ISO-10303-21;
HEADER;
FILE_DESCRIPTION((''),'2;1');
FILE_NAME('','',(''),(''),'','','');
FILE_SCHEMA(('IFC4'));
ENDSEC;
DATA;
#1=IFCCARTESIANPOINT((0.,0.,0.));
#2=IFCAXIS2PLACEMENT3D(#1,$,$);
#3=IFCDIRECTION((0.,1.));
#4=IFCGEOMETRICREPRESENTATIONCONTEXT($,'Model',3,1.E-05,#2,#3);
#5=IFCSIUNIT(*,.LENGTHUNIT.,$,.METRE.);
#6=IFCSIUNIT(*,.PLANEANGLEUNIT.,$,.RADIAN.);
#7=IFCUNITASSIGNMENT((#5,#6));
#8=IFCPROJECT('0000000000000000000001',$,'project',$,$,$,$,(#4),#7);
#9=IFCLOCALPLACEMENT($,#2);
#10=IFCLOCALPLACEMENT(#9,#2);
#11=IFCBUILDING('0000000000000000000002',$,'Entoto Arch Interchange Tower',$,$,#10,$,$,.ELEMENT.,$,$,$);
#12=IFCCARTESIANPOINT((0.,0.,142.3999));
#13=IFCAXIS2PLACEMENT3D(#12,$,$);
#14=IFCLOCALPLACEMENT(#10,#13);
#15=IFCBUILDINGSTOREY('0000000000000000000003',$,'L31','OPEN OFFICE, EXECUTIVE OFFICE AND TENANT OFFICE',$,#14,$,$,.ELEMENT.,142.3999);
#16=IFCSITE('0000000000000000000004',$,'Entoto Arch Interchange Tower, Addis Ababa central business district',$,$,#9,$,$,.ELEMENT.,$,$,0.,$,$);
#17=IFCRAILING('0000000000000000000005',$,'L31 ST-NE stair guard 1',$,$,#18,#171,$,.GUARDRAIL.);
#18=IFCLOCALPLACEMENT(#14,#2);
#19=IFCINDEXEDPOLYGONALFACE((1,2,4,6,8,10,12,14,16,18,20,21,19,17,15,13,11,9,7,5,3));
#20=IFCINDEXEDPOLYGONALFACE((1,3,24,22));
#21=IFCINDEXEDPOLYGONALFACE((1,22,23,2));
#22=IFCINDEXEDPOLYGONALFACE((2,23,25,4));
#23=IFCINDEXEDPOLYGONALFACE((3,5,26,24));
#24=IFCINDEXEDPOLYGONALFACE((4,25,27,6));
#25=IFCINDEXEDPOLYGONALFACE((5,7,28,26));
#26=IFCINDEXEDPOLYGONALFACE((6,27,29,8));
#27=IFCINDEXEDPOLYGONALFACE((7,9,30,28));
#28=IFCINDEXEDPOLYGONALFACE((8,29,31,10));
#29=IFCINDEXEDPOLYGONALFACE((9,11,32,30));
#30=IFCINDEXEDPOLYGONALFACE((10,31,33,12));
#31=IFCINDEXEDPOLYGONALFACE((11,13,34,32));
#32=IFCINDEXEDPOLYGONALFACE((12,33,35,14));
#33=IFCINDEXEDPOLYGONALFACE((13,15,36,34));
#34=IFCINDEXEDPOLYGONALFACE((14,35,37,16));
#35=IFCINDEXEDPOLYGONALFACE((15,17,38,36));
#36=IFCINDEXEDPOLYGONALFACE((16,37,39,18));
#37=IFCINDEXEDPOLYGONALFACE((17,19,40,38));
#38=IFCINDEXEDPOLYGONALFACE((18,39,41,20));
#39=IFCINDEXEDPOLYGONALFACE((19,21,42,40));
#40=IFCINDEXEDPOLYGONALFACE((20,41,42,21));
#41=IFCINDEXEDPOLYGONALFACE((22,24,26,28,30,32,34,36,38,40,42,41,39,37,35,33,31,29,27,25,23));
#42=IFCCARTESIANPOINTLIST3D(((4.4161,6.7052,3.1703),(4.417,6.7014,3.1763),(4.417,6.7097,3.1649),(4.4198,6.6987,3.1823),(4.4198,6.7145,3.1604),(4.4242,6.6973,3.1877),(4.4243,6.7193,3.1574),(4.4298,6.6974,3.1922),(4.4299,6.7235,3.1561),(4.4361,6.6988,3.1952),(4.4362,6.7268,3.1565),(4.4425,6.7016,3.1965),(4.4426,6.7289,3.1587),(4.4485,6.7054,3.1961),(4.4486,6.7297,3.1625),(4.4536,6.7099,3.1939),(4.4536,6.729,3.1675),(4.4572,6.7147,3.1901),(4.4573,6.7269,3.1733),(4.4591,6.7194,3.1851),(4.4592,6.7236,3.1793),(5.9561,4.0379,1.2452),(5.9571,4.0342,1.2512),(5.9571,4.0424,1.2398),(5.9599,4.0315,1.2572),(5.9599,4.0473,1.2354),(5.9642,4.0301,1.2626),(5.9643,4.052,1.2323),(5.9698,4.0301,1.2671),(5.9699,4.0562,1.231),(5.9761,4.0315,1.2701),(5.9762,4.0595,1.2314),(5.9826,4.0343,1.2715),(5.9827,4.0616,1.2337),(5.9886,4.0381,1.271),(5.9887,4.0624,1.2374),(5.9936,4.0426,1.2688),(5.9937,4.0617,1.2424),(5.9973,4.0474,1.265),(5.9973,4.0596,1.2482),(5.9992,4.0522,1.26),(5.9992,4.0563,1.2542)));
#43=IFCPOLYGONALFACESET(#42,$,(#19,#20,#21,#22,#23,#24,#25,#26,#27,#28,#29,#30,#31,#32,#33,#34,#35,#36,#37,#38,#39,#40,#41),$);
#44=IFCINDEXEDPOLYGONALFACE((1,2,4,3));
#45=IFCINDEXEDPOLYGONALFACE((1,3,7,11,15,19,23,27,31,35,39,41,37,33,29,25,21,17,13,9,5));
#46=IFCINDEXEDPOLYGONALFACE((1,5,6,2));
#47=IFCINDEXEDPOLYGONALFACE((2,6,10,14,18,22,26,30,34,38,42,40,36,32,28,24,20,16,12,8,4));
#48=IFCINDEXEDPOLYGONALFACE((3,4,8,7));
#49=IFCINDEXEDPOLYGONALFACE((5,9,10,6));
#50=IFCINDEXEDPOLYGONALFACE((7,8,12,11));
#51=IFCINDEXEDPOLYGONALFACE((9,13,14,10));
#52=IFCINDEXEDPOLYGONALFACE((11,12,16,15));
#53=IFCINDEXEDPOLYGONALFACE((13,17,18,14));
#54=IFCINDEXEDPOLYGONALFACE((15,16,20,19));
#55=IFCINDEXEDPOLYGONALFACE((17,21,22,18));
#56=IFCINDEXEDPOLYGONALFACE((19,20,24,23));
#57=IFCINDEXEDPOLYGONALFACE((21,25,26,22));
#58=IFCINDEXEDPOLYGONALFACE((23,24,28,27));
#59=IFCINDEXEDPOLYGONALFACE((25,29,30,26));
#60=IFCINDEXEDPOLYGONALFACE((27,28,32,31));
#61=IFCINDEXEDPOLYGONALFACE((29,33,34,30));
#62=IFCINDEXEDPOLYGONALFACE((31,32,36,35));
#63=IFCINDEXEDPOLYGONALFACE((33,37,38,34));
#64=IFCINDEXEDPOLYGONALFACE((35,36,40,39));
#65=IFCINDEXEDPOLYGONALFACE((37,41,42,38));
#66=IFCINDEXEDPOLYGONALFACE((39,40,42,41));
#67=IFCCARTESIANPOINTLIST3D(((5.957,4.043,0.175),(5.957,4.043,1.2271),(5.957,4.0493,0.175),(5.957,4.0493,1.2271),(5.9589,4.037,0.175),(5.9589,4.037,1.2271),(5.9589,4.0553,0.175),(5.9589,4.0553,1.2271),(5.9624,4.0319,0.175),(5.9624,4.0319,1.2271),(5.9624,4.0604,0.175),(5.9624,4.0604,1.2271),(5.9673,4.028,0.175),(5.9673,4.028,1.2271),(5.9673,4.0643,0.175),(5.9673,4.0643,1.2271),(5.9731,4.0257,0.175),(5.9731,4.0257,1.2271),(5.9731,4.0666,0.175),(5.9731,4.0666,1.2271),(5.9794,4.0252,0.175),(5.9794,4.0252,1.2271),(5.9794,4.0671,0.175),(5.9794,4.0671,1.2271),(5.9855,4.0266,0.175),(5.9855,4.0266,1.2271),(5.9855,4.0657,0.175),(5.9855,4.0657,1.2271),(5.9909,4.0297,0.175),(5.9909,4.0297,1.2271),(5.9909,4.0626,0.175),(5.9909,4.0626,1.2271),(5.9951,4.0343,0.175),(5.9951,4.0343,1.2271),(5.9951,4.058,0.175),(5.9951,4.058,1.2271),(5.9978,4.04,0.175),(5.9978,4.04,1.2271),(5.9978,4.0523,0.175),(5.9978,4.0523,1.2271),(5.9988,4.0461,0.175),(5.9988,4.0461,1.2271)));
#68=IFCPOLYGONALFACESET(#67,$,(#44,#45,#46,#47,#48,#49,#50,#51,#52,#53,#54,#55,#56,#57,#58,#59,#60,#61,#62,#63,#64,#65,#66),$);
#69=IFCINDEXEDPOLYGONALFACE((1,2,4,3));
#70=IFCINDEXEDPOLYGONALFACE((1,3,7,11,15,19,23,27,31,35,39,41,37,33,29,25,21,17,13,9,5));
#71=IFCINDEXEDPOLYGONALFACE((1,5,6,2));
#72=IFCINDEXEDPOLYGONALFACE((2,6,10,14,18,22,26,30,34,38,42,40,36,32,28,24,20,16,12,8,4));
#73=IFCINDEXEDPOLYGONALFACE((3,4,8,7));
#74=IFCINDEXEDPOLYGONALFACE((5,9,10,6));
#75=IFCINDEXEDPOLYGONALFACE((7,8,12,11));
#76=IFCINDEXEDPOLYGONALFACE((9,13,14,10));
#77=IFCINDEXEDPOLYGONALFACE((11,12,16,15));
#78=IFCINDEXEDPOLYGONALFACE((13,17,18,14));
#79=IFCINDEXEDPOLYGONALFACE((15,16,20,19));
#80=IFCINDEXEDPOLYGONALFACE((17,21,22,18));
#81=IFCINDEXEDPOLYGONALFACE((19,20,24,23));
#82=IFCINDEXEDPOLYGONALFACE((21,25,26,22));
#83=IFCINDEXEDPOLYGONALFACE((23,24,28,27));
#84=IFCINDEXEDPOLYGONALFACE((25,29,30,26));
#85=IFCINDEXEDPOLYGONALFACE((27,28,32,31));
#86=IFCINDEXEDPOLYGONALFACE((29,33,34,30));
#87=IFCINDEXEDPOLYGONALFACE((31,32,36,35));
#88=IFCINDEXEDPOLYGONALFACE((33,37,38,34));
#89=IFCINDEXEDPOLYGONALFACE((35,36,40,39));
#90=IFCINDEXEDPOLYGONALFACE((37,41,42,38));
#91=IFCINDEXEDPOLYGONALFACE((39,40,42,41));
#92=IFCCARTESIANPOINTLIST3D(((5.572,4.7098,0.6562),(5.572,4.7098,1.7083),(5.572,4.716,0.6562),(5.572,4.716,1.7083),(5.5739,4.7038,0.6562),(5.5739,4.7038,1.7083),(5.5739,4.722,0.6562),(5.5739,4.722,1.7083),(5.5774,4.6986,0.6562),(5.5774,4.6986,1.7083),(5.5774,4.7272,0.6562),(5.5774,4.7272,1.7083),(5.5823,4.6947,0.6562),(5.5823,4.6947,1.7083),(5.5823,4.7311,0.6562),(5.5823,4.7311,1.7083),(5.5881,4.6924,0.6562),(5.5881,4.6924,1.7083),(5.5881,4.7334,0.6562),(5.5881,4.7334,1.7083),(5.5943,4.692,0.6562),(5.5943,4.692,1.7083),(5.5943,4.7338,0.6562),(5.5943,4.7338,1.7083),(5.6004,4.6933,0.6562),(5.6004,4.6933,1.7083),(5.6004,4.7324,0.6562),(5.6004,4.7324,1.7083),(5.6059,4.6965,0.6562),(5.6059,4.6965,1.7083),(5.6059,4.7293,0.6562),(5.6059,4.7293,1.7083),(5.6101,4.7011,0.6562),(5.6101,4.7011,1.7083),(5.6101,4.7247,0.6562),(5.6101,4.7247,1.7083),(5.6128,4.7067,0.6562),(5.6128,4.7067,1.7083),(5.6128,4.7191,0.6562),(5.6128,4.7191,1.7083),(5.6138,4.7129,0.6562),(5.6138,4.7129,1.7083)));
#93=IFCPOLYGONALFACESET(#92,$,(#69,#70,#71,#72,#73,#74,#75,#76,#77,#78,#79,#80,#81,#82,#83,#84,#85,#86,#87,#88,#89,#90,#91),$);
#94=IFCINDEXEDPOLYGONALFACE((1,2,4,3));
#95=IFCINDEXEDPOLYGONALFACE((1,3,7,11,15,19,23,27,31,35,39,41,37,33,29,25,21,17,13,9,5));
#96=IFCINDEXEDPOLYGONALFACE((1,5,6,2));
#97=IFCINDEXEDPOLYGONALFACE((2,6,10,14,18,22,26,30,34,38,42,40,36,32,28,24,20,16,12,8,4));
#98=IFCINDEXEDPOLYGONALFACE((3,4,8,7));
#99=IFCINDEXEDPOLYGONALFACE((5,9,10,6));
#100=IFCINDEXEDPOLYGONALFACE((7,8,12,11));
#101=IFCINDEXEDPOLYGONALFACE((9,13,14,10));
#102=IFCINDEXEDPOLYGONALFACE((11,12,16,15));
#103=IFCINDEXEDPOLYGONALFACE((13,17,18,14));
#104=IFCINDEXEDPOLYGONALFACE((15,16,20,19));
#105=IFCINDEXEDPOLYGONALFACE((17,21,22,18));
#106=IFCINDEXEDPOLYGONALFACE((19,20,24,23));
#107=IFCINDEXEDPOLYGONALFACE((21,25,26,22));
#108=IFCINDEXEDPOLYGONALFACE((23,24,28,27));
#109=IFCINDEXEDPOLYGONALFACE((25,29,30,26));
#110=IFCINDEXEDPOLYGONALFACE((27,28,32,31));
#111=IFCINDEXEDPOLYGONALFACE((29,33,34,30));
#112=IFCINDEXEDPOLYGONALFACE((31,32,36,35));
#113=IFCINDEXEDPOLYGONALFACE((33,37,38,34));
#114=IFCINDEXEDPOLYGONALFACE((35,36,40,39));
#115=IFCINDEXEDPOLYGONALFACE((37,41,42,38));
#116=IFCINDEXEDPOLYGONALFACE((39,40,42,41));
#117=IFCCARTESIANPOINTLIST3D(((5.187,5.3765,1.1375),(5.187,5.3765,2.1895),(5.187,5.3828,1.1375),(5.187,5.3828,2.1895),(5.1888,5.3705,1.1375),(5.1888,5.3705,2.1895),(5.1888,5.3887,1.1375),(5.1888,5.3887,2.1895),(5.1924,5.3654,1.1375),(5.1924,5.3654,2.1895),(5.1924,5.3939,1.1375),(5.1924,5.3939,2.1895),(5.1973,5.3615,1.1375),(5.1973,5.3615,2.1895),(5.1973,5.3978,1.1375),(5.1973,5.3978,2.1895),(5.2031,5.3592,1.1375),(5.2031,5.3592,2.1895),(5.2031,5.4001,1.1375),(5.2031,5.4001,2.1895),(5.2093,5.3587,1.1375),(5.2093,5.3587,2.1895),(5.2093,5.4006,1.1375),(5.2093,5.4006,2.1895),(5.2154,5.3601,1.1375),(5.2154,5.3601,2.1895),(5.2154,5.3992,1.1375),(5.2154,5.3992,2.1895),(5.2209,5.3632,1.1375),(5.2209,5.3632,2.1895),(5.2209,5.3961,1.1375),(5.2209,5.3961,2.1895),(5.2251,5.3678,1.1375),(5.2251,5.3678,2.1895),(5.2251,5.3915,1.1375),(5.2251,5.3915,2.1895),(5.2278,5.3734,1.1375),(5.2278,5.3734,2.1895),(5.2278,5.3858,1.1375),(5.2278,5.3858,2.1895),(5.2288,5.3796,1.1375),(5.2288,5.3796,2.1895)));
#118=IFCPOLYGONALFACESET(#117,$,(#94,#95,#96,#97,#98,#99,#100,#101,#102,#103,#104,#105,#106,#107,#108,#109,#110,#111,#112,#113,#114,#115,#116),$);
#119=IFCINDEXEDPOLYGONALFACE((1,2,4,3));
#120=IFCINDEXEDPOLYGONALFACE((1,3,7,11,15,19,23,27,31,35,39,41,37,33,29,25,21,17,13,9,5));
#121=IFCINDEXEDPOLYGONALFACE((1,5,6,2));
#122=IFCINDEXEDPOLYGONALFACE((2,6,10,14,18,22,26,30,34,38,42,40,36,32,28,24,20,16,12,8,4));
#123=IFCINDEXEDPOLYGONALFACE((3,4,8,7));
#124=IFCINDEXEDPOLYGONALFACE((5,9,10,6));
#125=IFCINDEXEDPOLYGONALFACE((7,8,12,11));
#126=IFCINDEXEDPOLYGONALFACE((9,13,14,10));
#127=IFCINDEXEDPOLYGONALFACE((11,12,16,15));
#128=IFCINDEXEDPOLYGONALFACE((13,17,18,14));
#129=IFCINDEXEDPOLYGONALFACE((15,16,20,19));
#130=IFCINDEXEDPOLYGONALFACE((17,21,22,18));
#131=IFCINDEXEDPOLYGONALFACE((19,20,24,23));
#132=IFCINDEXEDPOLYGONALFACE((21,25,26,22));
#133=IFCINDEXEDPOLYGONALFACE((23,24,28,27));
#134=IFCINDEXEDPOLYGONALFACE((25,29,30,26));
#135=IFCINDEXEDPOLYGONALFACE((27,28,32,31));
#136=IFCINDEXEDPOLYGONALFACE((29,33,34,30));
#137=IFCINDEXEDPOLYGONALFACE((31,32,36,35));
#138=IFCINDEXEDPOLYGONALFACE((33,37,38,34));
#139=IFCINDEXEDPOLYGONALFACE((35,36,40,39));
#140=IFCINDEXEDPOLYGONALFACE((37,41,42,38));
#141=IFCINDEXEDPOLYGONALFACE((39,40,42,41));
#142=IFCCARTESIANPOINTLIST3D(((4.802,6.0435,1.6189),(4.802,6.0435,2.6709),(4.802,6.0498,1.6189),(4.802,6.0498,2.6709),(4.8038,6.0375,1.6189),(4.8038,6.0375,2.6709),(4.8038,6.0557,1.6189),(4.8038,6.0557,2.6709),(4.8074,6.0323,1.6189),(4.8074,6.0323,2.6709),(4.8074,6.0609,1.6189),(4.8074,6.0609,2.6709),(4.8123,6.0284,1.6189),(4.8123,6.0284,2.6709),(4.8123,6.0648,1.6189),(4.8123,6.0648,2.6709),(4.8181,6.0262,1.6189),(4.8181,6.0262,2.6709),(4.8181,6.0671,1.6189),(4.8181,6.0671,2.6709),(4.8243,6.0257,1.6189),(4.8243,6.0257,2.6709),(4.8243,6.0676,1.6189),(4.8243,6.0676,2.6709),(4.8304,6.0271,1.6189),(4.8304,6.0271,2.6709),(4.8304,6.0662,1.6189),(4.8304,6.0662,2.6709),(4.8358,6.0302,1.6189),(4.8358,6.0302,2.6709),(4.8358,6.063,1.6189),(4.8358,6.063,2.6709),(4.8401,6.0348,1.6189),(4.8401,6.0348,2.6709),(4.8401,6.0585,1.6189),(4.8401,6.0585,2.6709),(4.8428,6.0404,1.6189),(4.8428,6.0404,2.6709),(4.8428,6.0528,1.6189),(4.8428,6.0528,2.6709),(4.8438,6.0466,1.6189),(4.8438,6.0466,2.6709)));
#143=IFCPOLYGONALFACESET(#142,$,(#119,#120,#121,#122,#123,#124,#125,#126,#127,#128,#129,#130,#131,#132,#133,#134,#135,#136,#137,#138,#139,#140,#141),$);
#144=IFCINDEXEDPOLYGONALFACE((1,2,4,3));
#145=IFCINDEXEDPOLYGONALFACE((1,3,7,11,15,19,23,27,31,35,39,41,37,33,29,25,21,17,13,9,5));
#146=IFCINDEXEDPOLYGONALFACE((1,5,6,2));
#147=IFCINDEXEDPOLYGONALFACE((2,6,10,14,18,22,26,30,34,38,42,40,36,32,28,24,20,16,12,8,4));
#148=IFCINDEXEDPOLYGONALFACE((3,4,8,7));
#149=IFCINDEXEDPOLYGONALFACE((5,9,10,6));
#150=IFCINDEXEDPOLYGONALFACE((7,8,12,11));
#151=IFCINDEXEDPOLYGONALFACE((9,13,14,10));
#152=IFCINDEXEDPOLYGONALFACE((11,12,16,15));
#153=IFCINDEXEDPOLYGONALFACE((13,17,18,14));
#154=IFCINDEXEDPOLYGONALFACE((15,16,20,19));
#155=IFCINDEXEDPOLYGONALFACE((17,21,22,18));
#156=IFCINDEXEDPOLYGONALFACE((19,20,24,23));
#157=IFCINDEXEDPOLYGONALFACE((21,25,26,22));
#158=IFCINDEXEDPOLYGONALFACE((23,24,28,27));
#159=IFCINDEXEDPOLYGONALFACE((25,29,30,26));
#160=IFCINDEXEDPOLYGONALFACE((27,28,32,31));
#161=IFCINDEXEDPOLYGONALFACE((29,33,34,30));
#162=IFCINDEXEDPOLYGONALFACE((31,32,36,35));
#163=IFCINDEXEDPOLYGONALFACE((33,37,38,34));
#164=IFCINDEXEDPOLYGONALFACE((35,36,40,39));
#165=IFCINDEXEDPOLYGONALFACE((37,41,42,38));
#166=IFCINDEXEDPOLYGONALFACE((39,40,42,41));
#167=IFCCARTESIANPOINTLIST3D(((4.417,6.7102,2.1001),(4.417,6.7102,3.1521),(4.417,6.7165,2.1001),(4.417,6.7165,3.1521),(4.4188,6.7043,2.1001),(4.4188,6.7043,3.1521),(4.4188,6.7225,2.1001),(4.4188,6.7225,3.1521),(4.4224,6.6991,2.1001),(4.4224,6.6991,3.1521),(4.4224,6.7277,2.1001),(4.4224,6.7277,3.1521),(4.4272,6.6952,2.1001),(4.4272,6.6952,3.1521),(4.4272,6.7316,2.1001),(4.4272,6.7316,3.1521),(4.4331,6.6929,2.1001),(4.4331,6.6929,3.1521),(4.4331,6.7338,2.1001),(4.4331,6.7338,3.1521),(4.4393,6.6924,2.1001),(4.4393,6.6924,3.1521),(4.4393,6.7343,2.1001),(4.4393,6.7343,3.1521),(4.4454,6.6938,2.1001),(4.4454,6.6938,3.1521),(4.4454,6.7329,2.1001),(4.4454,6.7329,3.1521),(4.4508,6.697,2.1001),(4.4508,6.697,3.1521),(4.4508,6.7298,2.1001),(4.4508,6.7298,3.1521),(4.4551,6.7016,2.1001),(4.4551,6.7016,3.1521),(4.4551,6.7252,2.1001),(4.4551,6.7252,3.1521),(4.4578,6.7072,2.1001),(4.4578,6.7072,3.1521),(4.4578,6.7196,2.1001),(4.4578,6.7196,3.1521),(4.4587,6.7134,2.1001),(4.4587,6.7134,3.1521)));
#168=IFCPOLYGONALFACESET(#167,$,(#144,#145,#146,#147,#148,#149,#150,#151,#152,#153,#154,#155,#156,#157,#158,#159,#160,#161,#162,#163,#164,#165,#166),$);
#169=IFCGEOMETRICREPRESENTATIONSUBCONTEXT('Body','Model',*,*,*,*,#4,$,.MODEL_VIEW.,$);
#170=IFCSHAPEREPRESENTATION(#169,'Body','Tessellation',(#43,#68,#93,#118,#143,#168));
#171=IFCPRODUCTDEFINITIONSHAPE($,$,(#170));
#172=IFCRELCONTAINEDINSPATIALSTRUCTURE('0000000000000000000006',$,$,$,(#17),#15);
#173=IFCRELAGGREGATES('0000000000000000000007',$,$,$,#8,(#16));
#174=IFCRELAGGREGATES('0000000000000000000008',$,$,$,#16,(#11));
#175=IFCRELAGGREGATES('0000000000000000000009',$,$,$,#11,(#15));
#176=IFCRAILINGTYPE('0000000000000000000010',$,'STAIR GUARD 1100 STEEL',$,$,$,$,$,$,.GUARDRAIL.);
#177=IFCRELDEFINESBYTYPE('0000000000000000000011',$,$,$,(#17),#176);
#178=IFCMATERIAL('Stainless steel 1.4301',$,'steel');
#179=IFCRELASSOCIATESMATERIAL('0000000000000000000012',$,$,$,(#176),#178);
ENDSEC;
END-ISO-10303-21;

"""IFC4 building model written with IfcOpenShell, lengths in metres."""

from ifc_helpers import new_model, si_unit, direction, frame, origin, origin_2d, place, context, subcontext, project, spatial, circle, extrude, material, type_object, element, save


model = new_model("IFC4")

# Units and contexts
model_context = context("Model", 3, precision=1e-05, world=origin(), true_north=direction((0.0, 1.0)))
body_context = subcontext(model_context, "Body", "Model", "MODEL_VIEW")
ifc_project = project(units=[si_unit("LENGTHUNIT", "METRE"), si_unit("PLANEANGLEUNIT", "RADIAN")], contexts=[model_context])

# Site, building, storey
site_placement = place(None, origin())
site = spatial("IfcSite", under=ifc_project, at=site_placement, Name="Entoto Arch Interchange Tower, Addis Ababa central business district", CompositionType="ELEMENT", RefElevation=0.0)
building_placement = place(site_placement, origin())
building = spatial("IfcBuilding", under=site, at=building_placement, Name="Entoto Arch Interchange Tower", CompositionType="ELEMENT")
storey_placement = place(building_placement, frame((0.0, 0.0, 142.3999)))
storey = spatial("IfcBuildingStorey", under=building, at=storey_placement, Name="L31", Description="OPEN OFFICE, EXECUTIVE OFFICE AND TENANT OFFICE", CompositionType="ELEMENT", Elevation=142.3999)

# Railing
ifc_material_1 = material(Name="Stainless steel 1.4301", Category="steel")
railing_type_1 = type_object("IfcRailingType", Name="STAIR GUARD 1100 STEEL", PredefinedType="GUARDRAIL", material=ifc_material_1)
railing_1_placement = place(storey_placement, frame((5.9778, 4.0461, 0.175)))
element("IfcRailing", 1, at=railing_1_placement, inside=storey, type_object=railing_type_1, Name="L31 ST-NE stair guard 1", PredefinedType="GUARDRAIL", context=body_context, shape_type="SweptSolid", body=[
    extrude(circle(Radius=0.0239, at=origin_2d()), frame((0.0, 0.0, 1.0762), z_axis=(-0.424015, 0.734364, 0.530019), x_axis=(-0.86601, -0.500027, 0.0)), (0.0, 0.0, 1.0), 3.6321),
    extrude(circle(Radius=0.021, at=origin_2d()), origin(), (0.0, 0.0, 1.0), 1.052),
    extrude(circle(Radius=0.021, at=origin_2d()), frame((-0.385, 0.6667, 0.4812)), (0.0, 0.0, 1.0), 1.052),
    extrude(circle(Radius=0.021, at=origin_2d()), frame((-0.77, 1.3335, 0.9624)), (0.0, 0.0, 1.0), 1.052),
    extrude(circle(Radius=0.021, at=origin_2d()), frame((-1.155, 2.0005, 1.4438)), (0.0, 0.0, 1.0), 1.052),
    extrude(circle(Radius=0.021, at=origin_2d()), frame((-1.54, 2.6672, 1.925)), (0.0, 0.0, 1.0), 1.052),
])

save(model, "model.ifc")
